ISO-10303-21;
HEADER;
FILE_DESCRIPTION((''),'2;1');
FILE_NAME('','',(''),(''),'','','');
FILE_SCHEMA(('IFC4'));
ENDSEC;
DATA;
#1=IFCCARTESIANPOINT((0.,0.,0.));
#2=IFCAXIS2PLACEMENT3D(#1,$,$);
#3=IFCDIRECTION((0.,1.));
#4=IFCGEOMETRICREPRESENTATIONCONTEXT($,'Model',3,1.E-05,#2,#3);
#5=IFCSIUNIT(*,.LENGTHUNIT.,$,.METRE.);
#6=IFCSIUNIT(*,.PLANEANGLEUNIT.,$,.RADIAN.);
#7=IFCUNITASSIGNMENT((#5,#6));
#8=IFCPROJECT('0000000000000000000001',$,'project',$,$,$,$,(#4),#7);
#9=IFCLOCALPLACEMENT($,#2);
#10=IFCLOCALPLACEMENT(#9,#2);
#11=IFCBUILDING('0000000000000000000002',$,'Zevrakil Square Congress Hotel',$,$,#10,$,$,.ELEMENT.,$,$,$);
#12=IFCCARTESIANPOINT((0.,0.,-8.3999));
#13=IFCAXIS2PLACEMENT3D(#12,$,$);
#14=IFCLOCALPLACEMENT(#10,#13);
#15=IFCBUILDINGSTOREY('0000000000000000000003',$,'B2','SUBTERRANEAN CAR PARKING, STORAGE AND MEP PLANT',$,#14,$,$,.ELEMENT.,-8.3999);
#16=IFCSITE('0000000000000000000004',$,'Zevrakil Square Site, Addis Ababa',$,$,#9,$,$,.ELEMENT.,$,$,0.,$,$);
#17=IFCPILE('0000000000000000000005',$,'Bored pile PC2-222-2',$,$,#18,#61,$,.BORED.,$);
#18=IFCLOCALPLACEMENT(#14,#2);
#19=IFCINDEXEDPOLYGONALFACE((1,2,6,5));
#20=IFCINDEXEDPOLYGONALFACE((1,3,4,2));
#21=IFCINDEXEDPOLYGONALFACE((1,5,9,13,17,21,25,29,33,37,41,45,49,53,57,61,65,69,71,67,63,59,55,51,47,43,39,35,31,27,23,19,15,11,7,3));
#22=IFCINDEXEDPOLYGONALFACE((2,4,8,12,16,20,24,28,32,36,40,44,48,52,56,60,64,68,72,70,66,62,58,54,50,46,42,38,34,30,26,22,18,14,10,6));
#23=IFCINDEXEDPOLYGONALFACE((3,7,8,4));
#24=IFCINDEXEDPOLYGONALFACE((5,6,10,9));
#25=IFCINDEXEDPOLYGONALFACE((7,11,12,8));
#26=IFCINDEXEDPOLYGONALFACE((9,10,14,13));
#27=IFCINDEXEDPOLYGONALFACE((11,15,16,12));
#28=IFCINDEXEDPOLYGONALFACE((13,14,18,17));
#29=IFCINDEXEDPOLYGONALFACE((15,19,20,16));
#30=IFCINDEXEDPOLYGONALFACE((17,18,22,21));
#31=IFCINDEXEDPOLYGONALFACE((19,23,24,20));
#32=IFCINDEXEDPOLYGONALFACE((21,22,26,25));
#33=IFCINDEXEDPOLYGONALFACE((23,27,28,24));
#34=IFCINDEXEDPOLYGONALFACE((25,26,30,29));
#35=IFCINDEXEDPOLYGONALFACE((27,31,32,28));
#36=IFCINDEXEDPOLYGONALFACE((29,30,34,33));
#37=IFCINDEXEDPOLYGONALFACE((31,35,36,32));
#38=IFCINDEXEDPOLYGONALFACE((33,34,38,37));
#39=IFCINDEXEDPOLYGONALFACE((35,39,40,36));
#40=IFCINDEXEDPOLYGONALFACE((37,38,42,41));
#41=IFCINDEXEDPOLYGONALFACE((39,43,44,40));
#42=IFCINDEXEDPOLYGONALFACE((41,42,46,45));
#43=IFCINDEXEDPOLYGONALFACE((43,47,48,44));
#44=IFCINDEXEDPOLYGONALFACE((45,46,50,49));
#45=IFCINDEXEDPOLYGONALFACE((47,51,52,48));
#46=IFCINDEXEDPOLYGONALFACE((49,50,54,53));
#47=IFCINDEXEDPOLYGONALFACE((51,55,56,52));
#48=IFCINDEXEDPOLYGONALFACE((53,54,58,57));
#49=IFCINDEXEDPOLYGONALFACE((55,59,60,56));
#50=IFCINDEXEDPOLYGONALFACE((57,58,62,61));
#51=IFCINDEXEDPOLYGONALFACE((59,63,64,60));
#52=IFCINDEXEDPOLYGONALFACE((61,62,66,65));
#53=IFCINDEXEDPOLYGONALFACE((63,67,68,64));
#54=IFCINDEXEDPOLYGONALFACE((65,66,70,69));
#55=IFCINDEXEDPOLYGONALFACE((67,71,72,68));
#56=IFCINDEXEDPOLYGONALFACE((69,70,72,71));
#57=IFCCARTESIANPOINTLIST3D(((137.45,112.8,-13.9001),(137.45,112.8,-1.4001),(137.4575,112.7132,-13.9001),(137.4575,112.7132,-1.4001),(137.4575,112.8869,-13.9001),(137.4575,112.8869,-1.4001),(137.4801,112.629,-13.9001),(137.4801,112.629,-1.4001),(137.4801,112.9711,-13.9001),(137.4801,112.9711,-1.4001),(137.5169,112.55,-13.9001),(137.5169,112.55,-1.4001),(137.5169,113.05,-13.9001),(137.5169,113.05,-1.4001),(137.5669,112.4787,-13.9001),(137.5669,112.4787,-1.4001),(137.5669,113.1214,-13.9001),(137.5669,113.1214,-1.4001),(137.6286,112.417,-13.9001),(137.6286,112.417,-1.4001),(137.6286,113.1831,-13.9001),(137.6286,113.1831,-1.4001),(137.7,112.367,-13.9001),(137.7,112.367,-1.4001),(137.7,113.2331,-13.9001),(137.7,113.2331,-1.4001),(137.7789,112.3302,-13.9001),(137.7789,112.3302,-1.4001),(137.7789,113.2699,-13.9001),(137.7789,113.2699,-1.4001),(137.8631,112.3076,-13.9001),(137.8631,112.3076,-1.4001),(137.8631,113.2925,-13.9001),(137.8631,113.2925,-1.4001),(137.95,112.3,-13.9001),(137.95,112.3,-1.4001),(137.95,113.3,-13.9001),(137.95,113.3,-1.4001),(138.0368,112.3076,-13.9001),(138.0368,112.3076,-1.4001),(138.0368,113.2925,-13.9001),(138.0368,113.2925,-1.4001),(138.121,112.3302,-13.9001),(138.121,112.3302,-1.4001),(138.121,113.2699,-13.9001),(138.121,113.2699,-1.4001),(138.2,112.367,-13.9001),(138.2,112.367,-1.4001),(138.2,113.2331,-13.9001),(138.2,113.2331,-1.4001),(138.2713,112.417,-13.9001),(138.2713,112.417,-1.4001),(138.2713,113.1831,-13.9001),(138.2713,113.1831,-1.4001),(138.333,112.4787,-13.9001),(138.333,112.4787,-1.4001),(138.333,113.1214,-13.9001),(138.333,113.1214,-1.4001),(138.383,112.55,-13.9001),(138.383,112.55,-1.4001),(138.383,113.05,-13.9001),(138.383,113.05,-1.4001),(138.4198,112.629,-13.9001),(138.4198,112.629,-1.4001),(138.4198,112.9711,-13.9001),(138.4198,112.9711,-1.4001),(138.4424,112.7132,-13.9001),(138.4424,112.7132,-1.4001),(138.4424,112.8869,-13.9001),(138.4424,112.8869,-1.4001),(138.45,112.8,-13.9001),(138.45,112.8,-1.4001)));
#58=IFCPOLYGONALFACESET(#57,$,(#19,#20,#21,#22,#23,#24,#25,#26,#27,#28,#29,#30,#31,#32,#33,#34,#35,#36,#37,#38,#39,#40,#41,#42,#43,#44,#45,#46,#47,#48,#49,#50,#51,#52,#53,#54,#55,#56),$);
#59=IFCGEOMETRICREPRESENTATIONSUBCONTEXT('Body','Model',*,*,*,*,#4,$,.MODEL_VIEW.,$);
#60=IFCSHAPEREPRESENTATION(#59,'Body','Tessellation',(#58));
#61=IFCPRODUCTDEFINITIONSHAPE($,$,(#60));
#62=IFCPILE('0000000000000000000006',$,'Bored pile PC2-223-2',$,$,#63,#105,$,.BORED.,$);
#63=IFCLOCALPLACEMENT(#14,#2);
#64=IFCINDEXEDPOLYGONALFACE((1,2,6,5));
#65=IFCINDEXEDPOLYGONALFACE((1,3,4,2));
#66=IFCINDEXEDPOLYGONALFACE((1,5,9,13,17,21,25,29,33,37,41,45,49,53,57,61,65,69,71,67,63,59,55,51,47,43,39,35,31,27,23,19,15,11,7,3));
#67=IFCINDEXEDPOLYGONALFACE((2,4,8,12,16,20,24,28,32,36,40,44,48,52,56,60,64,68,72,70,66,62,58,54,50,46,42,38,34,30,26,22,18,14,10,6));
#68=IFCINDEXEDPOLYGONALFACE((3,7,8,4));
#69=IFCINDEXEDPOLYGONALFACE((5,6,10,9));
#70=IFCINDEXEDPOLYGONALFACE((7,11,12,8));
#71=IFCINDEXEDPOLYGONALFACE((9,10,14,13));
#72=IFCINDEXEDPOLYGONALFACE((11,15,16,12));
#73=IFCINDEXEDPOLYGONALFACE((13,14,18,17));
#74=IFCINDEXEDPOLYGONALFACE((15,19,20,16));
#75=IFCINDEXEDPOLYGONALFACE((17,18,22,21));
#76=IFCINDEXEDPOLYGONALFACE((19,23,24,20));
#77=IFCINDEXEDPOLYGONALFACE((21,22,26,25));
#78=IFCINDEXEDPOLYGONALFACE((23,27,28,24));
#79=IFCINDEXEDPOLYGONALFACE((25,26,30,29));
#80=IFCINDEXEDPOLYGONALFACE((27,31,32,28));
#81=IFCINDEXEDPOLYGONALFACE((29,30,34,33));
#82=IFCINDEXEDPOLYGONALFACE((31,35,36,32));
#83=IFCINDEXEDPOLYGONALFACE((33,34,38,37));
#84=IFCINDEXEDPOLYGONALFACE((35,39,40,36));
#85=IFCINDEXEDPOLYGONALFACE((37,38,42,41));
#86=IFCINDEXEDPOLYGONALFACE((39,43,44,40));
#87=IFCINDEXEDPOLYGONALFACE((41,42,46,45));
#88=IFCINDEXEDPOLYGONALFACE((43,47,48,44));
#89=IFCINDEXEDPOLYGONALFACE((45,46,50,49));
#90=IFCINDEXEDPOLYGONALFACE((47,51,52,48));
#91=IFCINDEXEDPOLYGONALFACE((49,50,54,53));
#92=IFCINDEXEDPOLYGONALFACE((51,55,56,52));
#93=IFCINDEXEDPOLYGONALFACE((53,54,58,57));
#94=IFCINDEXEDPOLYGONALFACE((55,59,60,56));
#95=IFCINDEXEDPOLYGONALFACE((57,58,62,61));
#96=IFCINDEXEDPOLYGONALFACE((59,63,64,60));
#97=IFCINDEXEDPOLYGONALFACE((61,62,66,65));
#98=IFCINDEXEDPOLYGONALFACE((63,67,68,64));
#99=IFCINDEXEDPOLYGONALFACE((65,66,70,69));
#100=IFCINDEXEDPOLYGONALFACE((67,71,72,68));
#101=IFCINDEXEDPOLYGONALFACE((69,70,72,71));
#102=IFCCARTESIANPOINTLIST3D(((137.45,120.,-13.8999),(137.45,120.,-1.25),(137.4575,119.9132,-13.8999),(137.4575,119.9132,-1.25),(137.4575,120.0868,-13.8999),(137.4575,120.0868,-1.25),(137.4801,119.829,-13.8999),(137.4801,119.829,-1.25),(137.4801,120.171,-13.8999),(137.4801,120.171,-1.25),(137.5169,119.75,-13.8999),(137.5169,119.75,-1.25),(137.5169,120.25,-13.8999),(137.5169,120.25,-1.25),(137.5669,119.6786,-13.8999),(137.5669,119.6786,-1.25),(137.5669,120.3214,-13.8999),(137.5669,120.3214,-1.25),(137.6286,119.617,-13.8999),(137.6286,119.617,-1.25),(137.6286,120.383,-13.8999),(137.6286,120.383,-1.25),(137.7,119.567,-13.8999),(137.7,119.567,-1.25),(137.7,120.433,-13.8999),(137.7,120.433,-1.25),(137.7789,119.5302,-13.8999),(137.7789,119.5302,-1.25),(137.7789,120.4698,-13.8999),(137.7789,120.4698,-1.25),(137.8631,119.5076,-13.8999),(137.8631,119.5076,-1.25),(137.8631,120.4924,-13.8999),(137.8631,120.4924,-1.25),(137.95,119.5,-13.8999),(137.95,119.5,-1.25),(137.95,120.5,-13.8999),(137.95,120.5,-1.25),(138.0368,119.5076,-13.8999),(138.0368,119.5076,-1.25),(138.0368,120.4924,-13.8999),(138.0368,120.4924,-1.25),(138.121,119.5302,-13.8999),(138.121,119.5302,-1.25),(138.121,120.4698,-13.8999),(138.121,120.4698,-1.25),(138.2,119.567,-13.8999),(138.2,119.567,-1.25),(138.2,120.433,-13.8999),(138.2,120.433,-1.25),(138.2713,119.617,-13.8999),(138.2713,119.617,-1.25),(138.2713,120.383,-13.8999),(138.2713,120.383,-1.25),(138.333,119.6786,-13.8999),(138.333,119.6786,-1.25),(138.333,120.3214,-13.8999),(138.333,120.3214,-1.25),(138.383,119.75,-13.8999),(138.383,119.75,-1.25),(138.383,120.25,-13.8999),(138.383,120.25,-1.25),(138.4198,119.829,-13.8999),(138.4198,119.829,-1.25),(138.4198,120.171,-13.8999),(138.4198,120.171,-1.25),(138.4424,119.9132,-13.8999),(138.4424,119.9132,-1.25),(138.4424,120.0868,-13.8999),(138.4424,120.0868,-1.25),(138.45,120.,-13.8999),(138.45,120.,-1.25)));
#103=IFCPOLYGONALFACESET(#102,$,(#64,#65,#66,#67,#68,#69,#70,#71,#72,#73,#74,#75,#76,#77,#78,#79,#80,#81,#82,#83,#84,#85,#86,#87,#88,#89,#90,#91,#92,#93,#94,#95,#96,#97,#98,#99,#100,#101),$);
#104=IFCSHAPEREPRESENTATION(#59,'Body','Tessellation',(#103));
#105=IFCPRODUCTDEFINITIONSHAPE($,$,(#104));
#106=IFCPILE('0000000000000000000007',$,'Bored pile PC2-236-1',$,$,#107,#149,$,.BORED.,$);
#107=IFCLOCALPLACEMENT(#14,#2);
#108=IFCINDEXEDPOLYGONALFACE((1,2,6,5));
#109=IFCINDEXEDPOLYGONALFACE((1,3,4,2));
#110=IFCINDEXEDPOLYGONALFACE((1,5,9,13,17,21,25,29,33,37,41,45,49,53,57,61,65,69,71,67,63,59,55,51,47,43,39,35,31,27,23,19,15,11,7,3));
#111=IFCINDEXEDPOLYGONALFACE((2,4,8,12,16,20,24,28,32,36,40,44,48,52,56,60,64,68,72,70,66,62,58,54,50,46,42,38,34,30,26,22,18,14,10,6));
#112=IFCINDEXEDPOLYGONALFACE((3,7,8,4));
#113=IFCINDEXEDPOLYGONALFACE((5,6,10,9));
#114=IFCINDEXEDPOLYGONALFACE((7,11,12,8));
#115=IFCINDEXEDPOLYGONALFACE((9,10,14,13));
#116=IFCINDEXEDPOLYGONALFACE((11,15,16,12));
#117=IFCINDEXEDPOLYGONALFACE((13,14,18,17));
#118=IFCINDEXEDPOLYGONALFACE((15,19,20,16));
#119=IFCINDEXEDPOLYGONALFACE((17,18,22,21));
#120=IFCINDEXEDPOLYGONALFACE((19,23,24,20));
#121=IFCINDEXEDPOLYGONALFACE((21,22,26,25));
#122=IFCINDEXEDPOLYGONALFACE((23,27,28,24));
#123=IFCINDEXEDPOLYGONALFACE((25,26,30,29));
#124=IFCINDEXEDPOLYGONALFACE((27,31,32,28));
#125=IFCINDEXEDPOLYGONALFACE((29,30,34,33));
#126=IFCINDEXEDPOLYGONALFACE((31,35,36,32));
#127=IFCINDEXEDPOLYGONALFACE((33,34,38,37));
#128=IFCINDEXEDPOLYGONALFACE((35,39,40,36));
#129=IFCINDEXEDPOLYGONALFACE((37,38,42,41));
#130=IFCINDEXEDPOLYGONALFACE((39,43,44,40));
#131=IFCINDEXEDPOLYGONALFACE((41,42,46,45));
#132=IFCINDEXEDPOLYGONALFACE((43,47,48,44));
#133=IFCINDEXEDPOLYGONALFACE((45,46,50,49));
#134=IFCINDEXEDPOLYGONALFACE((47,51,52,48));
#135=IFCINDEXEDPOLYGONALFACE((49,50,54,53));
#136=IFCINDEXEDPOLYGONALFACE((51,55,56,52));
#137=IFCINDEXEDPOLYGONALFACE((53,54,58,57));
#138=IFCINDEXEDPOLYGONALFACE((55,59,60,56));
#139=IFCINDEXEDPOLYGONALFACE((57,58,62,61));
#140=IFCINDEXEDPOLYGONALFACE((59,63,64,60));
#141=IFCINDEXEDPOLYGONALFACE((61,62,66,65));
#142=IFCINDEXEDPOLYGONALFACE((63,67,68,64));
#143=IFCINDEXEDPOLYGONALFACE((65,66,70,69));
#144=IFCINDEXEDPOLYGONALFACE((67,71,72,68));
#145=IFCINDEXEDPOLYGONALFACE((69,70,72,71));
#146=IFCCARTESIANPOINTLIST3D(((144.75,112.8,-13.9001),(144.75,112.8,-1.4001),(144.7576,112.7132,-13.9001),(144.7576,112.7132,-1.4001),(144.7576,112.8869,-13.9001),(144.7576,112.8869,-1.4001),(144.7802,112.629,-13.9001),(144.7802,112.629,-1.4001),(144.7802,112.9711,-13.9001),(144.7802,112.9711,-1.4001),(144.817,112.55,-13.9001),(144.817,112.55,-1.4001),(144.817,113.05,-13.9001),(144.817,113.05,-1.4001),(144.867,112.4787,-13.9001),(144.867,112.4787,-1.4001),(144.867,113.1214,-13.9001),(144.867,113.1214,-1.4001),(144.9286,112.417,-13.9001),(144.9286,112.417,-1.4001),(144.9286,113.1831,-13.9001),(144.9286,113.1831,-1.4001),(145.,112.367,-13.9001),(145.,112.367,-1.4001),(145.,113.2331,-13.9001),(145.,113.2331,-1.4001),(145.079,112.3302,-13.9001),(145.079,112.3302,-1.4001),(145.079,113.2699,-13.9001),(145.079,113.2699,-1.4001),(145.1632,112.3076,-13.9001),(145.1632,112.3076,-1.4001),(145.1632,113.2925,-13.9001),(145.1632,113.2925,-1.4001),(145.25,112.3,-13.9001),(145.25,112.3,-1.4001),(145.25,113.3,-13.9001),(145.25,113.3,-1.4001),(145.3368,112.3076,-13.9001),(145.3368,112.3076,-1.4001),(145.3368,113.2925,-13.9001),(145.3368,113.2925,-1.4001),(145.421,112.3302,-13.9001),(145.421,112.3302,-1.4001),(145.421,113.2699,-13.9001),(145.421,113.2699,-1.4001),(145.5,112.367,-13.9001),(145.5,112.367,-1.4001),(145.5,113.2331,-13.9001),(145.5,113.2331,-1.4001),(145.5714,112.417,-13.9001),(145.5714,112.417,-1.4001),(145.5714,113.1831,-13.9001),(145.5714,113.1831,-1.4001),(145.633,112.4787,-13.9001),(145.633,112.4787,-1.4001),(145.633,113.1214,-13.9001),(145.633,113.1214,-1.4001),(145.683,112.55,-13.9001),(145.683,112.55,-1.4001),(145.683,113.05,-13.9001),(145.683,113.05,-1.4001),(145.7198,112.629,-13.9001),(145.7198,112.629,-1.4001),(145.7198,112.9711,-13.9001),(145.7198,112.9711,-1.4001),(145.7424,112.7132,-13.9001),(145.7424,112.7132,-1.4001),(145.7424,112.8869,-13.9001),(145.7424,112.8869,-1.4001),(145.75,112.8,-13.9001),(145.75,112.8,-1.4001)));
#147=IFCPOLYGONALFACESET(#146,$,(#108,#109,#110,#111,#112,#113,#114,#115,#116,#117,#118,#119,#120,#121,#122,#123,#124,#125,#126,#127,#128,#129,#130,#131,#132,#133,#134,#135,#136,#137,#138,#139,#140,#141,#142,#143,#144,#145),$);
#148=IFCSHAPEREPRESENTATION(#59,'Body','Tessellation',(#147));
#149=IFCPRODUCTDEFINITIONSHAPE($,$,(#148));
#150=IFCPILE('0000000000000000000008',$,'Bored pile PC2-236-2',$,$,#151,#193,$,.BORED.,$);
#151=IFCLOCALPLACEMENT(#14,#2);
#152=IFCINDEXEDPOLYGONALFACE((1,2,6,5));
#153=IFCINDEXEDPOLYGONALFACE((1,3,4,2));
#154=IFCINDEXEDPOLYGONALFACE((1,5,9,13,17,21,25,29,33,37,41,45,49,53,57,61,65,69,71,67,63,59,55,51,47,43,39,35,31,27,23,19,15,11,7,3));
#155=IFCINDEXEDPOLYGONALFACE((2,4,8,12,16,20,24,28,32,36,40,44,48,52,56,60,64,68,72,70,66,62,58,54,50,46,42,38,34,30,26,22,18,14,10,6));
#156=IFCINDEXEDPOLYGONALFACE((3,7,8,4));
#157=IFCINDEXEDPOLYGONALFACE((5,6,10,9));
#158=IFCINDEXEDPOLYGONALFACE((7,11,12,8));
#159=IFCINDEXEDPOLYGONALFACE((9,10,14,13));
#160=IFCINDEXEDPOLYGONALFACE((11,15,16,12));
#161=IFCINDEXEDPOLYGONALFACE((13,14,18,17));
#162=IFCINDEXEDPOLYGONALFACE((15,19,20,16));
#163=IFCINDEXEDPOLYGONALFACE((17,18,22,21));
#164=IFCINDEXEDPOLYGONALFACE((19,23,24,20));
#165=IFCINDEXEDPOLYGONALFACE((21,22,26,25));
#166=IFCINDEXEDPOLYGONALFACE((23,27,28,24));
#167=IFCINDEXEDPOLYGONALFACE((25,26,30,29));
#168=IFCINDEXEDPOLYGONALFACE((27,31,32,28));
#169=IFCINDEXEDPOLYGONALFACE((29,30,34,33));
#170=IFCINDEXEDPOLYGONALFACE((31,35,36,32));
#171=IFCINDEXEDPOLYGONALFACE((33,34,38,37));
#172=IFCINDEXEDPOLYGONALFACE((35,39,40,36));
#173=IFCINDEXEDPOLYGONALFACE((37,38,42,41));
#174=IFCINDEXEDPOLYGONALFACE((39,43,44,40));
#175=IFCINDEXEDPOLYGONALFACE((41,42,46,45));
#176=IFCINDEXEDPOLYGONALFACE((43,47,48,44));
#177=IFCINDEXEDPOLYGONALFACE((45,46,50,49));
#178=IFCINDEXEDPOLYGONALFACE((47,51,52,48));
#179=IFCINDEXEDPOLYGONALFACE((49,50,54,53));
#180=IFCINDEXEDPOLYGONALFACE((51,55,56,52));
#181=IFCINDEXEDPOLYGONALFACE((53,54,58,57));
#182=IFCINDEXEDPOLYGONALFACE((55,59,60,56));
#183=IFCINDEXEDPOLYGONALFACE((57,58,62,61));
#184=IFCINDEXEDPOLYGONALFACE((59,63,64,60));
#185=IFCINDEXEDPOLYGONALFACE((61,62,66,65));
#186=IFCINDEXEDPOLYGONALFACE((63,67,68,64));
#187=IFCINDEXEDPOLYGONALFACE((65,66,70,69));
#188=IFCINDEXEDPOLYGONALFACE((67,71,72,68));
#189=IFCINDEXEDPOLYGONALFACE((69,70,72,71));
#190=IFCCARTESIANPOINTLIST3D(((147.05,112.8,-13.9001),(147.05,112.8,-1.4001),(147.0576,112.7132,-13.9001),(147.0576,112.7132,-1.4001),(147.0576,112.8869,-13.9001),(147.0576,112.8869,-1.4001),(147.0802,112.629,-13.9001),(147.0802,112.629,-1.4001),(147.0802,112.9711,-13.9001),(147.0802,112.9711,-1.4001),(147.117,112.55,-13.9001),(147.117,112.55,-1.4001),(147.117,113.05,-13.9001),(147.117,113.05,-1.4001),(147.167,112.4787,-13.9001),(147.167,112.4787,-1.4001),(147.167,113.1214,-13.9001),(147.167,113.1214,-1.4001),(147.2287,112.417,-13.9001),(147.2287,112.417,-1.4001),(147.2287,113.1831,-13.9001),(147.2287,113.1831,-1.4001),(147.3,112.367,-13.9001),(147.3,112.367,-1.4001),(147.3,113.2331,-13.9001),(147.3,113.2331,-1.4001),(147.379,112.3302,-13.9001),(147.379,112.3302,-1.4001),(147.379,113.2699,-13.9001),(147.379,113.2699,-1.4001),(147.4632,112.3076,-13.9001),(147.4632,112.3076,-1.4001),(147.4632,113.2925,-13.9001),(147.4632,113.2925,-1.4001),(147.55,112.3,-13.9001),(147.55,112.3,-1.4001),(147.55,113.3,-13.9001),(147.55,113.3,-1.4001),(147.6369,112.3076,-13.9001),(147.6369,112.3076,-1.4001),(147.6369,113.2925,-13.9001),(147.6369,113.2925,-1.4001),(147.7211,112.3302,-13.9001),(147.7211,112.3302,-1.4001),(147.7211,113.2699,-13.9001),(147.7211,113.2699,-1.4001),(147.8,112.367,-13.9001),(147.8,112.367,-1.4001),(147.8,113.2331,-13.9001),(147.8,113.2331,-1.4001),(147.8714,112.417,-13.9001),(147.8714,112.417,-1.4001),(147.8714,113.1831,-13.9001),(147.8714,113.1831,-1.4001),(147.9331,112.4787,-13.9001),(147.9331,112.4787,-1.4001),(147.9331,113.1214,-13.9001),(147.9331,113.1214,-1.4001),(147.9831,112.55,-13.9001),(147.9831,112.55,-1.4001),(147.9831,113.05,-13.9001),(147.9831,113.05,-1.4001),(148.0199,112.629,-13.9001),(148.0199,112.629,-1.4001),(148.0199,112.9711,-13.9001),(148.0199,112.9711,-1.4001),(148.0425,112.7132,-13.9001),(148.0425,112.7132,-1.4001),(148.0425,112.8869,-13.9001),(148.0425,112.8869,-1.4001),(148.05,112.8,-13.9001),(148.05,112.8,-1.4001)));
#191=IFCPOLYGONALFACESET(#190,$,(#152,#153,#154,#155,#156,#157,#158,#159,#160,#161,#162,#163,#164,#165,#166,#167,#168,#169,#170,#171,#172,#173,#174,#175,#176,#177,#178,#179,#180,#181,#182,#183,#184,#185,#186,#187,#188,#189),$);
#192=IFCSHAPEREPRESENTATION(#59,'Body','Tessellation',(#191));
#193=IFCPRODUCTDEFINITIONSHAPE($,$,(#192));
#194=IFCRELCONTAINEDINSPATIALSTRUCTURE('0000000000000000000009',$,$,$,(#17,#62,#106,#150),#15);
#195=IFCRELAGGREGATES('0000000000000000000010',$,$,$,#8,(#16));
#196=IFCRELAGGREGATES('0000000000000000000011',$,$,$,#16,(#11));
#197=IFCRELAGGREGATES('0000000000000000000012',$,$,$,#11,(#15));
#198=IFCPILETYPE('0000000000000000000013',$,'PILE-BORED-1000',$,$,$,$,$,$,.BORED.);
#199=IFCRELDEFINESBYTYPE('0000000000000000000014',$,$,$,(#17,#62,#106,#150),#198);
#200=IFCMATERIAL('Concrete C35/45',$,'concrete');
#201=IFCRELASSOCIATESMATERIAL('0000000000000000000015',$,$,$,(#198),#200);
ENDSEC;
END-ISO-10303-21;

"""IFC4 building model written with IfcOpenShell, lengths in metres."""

from ifc_helpers import new_model, si_unit, direction, frame, origin, origin_2d, place, context, subcontext, project, spatial, circle, extrude, material, material_profile, profile_set, type_object, element, save


model = new_model("IFC4")

# Units and contexts
model_context = context("Model", 3, precision=1e-05, world=origin(), true_north=direction((0.0, 1.0)))
body_context = subcontext(model_context, "Body", "Model", "MODEL_VIEW")
ifc_project = project(units=[si_unit("LENGTHUNIT", "METRE"), si_unit("PLANEANGLEUNIT", "RADIAN")], contexts=[model_context])

# Site, building, storey
site_placement = place(None, origin())
site = spatial("IfcSite", under=ifc_project, at=site_placement, Name="Zevrakil Square Site, Addis Ababa", CompositionType="ELEMENT", RefElevation=0.0)
building_placement = place(site_placement, origin())
building = spatial("IfcBuilding", under=site, at=building_placement, Name="Zevrakil Square Congress Hotel", CompositionType="ELEMENT")
storey_placement = place(building_placement, frame((0.0, 0.0, -8.3999)))
storey = spatial("IfcBuildingStorey", under=building, at=storey_placement, Name="B2", Description="SUBTERRANEAN CAR PARKING, STORAGE AND MEP PLANT", CompositionType="ELEMENT", Elevation=-8.3999)

# Piles
ifc_material_1 = material(Name="Concrete C35/45", Category="concrete")
ifc_material_profile_1 = material_profile(ifc_material_1, circle(Radius=0.5, at=origin_2d()), Name="PILE D1000")
ifc_profile_set_1 = profile_set([ifc_material_profile_1], Name="Concrete C35/45")
pile_type = type_object("IfcPileType", Name="PILE-BORED-1000", PredefinedType="BORED", material=ifc_profile_set_1)
pile_1_placement = place(storey_placement, frame((137.95, 112.8, -1.4001), z_axis=(0.0, 0.0, -1.0), x_axis=(1.0, 0.0, 0.0)))
element("IfcPile", 1, at=pile_1_placement, inside=storey, type_object=pile_type, Name="Bored pile PC2-222-2", PredefinedType="BORED", context=body_context, shape_type="SweptSolid", body=[
    extrude(circle(Radius=0.5, at=origin_2d()), origin(), (0.0, 0.0, 1.0), 12.5),
])
pile_2_placement = place(storey_placement, frame((137.95, 120.0, -1.25), z_axis=(0.0, 0.0, -1.0), x_axis=(1.0, 0.0, 0.0)))
element("IfcPile", 2, at=pile_2_placement, inside=storey, type_object=pile_type, Name="Bored pile PC2-223-2", PredefinedType="BORED", context=body_context, shape_type="SweptSolid", body=[
    extrude(circle(Radius=0.5, at=origin_2d()), origin(), (0.0, 0.0, 1.0), 12.6499),
])
for number, where, z_axis, x_axis, name in (
    (3, (145.25, 112.8, -1.4001), (0.0, 0.0, -1.0), (1.0, 0.0, 0.0), "Bored pile PC2-236-1"),
    (4, (147.55, 112.8, -1.4001), (0.0, 0.0, -1.0), (1.0, 0.0, 0.0), "Bored pile PC2-236-2"),
):
    element("IfcPile", number, at=place(storey_placement, frame(where, z_axis=z_axis, x_axis=x_axis)), inside=storey, type_object=pile_type, Name=name, PredefinedType="BORED", context=body_context, shape_type="SweptSolid", body=[
        extrude(circle(Radius=0.5, at=origin_2d()), origin(), (0.0, 0.0, 1.0), 12.5),
    ])

save(model, "model.ifc")
